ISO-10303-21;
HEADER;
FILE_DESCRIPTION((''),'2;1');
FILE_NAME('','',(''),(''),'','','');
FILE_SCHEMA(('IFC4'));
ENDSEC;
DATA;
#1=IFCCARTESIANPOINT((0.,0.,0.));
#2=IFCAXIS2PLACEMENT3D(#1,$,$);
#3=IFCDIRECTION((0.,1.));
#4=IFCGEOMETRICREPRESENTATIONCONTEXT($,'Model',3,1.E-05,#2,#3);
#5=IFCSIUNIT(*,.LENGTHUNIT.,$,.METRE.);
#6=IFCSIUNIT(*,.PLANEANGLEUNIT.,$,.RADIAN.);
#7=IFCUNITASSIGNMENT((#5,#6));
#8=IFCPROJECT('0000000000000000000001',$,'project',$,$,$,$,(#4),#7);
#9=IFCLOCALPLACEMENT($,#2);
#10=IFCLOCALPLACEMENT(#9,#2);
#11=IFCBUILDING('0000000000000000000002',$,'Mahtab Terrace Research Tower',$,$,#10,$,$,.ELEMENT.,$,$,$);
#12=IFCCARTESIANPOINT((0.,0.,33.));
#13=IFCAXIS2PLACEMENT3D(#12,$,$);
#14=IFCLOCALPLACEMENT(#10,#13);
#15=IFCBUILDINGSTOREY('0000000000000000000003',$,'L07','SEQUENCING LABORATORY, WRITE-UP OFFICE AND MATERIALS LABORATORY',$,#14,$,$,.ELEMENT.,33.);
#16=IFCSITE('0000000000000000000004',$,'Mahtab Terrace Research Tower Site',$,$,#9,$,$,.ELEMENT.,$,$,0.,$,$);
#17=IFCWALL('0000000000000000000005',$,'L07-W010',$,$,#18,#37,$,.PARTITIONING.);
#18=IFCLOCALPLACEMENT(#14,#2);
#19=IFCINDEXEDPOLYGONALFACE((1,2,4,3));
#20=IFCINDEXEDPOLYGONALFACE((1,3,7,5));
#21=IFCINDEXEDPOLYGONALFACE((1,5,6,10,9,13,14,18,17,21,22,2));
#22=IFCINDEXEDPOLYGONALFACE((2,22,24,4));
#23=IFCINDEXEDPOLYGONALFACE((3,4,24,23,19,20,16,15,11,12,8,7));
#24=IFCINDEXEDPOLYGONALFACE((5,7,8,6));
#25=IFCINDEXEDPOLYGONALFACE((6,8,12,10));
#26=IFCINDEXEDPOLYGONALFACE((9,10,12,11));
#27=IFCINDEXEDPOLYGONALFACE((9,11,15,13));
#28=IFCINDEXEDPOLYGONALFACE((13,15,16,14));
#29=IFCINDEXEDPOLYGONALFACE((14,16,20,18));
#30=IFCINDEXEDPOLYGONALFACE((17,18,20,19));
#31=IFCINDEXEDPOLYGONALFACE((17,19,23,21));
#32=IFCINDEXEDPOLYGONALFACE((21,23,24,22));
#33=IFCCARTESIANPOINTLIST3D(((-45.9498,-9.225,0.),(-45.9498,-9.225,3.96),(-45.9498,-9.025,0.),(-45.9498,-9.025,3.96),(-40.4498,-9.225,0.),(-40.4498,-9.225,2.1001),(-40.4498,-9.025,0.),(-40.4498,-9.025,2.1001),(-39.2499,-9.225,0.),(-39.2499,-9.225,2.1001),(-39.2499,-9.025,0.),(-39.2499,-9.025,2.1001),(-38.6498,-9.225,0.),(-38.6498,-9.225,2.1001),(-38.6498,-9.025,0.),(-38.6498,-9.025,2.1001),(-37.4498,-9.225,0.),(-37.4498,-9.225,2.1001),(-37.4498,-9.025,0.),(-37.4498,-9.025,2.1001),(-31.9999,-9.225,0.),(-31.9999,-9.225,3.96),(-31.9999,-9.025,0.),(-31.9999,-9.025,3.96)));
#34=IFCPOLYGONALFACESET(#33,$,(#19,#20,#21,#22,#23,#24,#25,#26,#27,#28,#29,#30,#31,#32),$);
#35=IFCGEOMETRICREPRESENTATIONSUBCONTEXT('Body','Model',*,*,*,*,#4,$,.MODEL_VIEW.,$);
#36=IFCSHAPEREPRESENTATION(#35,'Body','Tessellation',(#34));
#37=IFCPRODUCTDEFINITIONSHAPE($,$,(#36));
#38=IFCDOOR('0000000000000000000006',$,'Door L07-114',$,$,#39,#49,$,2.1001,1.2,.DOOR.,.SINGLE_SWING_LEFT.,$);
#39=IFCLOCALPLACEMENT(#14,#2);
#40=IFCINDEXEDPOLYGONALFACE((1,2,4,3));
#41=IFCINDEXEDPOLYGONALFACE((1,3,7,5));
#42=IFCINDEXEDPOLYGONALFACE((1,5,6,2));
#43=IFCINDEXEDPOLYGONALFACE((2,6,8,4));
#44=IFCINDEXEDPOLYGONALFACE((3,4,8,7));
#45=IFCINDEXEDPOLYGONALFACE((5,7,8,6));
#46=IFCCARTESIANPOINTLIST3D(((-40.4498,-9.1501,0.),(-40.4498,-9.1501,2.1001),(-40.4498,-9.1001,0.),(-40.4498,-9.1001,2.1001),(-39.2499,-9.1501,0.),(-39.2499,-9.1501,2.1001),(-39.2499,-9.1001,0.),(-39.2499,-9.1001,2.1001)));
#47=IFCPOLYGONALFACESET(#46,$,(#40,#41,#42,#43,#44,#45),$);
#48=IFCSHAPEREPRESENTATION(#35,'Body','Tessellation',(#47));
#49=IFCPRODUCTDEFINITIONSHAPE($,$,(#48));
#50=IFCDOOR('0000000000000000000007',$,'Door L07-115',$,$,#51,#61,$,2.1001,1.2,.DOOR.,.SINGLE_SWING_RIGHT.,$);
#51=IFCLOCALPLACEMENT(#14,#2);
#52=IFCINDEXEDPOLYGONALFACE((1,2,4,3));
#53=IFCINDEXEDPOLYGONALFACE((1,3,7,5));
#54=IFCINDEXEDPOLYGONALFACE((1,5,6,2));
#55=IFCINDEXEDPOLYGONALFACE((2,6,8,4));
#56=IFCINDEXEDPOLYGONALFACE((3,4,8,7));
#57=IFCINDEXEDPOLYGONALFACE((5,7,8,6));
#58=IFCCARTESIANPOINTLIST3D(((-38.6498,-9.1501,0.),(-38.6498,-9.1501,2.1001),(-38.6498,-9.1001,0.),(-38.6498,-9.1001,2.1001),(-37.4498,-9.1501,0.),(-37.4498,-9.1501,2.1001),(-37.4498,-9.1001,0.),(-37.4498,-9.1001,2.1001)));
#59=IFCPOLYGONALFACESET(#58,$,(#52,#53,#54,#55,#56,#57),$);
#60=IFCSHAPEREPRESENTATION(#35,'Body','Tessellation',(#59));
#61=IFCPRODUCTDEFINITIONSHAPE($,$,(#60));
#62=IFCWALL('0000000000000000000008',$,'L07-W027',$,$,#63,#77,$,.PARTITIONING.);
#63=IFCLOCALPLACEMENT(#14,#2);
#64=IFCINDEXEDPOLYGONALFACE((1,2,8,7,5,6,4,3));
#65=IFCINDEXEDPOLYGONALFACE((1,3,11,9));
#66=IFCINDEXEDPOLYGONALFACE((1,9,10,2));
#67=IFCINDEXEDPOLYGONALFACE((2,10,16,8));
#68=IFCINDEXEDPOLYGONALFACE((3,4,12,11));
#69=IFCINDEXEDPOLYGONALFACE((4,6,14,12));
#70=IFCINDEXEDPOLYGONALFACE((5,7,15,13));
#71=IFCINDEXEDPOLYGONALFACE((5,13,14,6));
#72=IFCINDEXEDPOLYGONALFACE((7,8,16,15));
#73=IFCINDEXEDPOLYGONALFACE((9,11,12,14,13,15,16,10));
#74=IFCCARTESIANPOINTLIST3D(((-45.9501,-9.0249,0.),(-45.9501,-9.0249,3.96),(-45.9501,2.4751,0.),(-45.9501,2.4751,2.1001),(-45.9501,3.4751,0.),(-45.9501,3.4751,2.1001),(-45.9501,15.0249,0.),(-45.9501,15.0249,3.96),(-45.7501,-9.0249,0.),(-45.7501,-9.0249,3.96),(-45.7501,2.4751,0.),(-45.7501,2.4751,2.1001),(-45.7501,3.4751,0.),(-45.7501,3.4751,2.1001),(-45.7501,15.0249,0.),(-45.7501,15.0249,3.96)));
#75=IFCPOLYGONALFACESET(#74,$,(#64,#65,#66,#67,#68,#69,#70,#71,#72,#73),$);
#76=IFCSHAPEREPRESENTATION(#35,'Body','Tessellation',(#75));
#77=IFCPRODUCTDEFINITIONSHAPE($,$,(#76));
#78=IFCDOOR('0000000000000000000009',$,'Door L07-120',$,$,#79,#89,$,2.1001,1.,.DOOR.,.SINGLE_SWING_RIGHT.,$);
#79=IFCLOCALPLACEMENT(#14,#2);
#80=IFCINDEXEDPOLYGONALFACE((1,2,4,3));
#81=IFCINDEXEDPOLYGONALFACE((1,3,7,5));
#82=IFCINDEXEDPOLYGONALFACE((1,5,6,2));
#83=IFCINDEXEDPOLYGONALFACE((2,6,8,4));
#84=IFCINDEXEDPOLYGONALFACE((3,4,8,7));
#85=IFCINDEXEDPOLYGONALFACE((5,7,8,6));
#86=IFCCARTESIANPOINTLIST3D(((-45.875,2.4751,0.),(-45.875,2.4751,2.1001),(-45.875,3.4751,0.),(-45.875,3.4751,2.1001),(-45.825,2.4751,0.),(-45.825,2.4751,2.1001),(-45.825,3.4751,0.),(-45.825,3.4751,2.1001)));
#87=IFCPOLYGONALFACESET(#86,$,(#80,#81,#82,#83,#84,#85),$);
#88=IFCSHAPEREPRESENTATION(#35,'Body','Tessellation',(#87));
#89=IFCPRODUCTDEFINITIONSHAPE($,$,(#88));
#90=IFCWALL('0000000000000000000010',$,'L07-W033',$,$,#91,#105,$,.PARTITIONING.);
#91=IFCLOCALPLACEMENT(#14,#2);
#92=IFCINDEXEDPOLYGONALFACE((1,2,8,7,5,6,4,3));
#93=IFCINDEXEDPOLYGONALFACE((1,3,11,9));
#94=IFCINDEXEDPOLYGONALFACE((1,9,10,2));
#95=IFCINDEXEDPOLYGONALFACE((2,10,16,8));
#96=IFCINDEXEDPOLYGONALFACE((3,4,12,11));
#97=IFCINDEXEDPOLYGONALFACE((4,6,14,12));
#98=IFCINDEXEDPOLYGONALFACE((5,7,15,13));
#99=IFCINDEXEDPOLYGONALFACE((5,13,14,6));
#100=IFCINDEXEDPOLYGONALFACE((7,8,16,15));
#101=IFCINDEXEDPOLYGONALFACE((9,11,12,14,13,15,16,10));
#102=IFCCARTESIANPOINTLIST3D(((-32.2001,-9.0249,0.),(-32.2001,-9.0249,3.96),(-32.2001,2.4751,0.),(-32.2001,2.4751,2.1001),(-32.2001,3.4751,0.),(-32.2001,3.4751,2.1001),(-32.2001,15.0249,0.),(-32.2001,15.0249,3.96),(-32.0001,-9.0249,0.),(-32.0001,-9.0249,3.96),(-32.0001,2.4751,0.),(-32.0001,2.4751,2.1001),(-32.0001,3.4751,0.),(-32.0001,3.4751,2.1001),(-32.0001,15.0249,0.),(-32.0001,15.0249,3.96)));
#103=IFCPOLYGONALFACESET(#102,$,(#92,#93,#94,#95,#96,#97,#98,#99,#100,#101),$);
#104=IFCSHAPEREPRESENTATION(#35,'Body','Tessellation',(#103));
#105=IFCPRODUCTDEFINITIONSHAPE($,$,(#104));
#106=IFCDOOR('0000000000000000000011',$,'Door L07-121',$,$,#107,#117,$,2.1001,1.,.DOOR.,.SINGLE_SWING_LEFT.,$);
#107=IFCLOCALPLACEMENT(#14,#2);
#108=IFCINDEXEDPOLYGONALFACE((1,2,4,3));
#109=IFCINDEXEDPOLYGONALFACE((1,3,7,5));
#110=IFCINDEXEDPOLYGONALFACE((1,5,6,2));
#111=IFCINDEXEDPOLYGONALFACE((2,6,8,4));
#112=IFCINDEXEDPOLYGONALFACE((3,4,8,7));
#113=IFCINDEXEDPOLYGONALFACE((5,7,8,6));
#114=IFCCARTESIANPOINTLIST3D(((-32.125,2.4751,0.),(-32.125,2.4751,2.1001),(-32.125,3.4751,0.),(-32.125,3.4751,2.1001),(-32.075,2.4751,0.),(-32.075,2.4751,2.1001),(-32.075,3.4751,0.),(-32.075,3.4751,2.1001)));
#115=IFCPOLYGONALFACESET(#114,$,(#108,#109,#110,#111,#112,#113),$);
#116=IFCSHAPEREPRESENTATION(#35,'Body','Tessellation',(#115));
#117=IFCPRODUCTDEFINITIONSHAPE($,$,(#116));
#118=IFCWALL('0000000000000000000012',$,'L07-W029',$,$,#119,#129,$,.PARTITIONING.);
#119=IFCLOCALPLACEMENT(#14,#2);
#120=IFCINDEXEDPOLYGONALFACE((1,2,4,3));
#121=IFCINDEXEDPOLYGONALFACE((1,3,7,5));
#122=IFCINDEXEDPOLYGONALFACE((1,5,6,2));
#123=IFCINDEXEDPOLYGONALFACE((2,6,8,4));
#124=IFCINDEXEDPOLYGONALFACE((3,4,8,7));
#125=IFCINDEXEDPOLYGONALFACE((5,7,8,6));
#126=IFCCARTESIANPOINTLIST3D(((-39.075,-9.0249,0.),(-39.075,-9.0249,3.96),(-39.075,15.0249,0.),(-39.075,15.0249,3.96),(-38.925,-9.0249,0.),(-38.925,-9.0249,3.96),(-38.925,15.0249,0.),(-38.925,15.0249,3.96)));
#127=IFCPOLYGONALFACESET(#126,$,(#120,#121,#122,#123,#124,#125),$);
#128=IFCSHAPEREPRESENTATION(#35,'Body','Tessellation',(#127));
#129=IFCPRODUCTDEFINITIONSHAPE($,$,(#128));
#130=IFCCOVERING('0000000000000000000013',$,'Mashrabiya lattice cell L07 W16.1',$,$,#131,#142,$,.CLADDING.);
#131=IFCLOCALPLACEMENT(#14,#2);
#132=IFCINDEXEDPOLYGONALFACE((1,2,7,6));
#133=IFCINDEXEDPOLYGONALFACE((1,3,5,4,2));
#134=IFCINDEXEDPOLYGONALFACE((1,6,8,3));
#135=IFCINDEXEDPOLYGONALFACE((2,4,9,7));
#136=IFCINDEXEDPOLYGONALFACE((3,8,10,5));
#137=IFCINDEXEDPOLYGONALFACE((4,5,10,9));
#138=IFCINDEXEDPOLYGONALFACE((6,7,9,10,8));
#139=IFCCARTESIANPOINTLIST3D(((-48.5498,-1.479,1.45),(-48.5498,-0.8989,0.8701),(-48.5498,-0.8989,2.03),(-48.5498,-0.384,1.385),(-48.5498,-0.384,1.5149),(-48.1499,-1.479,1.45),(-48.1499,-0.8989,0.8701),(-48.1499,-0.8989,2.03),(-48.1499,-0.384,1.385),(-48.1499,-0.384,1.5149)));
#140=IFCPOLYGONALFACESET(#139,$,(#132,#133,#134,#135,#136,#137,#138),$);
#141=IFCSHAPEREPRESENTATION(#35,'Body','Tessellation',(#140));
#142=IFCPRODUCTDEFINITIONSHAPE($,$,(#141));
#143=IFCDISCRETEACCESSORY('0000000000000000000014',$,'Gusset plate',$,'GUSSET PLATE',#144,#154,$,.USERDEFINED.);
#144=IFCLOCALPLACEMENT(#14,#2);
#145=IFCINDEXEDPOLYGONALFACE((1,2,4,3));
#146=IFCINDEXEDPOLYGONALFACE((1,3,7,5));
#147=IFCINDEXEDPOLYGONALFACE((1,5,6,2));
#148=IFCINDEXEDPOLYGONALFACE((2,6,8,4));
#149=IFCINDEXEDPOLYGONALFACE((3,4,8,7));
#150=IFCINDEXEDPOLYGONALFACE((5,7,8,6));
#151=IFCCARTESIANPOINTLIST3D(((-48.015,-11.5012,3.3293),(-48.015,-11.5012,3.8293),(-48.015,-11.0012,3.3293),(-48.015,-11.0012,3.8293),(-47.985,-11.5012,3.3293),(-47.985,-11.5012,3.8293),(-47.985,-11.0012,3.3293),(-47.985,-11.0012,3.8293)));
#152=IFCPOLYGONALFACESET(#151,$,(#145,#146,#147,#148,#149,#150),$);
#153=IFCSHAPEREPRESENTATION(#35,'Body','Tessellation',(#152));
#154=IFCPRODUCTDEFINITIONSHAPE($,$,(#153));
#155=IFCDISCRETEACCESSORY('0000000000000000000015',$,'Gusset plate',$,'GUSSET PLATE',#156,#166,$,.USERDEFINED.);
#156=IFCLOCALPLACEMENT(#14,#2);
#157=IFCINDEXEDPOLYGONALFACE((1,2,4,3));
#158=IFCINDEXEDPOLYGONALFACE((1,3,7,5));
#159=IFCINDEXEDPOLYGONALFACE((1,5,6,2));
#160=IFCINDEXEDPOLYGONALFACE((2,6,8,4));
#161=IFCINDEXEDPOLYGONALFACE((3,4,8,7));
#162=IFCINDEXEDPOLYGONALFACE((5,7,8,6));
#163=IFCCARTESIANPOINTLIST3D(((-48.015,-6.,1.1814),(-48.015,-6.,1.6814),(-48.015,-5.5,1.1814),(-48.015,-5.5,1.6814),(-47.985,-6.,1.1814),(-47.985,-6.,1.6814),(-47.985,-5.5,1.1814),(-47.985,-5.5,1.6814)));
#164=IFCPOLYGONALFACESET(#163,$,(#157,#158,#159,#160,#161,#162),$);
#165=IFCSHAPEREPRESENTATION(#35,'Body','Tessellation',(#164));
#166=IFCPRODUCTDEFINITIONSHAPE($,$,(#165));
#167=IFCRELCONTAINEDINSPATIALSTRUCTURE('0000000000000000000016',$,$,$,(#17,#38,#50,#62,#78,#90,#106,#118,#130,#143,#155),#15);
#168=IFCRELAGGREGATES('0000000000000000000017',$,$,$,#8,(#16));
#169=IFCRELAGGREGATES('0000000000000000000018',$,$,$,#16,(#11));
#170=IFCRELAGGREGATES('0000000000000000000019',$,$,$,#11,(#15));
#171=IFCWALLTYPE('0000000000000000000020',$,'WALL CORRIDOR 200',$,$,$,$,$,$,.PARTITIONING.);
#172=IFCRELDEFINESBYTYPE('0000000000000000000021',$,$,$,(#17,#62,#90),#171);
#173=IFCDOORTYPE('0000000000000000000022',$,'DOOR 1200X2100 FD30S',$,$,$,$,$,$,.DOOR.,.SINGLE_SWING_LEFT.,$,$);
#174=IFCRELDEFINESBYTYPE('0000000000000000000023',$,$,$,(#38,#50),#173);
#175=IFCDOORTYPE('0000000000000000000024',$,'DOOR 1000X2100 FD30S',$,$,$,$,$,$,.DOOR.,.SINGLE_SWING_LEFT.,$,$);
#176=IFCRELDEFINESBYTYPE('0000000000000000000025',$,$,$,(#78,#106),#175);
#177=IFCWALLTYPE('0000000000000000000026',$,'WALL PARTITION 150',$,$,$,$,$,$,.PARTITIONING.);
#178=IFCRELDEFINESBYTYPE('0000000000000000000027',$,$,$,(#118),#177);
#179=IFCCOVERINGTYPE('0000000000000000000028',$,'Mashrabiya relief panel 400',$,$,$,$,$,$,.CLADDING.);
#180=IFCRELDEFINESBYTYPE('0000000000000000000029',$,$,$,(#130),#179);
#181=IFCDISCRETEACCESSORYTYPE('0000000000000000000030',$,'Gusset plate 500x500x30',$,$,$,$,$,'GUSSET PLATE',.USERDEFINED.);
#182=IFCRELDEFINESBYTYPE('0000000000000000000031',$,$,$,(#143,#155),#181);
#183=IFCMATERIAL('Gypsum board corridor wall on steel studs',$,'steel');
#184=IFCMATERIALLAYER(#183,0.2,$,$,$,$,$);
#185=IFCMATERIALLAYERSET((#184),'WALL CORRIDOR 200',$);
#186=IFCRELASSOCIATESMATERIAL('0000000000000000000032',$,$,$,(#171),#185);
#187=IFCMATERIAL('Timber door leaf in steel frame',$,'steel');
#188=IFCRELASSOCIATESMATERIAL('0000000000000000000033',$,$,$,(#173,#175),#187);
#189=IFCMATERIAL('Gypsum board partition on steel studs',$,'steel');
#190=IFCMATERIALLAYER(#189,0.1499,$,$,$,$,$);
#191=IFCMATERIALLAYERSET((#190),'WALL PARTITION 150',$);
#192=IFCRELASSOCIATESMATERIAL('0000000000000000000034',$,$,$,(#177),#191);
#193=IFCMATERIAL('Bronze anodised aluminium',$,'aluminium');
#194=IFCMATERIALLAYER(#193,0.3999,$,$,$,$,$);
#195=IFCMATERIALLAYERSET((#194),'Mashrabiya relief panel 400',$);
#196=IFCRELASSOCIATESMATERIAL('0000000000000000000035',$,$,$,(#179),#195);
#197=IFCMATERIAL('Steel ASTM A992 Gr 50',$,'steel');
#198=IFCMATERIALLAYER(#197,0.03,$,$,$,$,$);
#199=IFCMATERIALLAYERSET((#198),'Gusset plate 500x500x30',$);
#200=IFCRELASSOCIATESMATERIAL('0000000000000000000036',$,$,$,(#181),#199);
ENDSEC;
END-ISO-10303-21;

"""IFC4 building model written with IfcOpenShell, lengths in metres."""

from ifc_helpers import new_model, si_unit, direction, frame, frame_2d, origin, origin_2d, place, context, subcontext, project, spatial, polyline, rectangle, outline, extrude, material, layer, layer_set, type_object, element, fill, save


model = new_model("IFC4")

# Units and contexts
model_context = context("Model", 3, precision=1e-05, world=origin(), true_north=direction((0.0, 1.0)))
body_context = subcontext(model_context, "Body", "Model", "MODEL_VIEW")
ifc_project = project(units=[si_unit("LENGTHUNIT", "METRE"), si_unit("PLANEANGLEUNIT", "RADIAN")], contexts=[model_context])

# Site, building, storey
site_placement = place(None, origin())
site = spatial("IfcSite", under=ifc_project, at=site_placement, Name="Mahtab Terrace Research Tower Site", CompositionType="ELEMENT", RefElevation=0.0)
building_placement = place(site_placement, origin())
building = spatial("IfcBuilding", under=site, at=building_placement, Name="Mahtab Terrace Research Tower", CompositionType="ELEMENT")
storey_placement = place(building_placement, frame((0.0, 0.0, 33.0)))
storey = spatial("IfcBuildingStorey", under=building, at=storey_placement, Name="L07", Description="SEQUENCING LABORATORY, WRITE-UP OFFICE AND MATERIALS LABORATORY", CompositionType="ELEMENT", Elevation=33.0)

# Shared definitions
ifc_material_1 = material(Name="Steel ASTM A992 Gr 50", Category="steel")

# Shared definitions
ifc_material_2 = material(Name="Gypsum board corridor wall on steel studs", Category="steel")
ifc_layer_1 = layer(ifc_material_2, 0.2)
ifc_layer_set_1 = layer_set([ifc_layer_1], Name="WALL CORRIDOR 200")
wall_type_1 = type_object("IfcWallType", Name="WALL CORRIDOR 200", PredefinedType="PARTITIONING", material=ifc_layer_set_1)
ifc_material_3 = material(Name="Timber door leaf in steel frame", Category="steel")
door_type_1 = type_object("IfcDoorType", Name="DOOR 1200X2100 FD30S", OperationType="SINGLE_SWING_LEFT", PredefinedType="DOOR", material=ifc_material_3)

# Wall, openings, doors
wall_1_placement = place(storey_placement, frame((-45.95, -9.125, 0.0), z_axis=(0.0, 0.0, 1.0), x_axis=(1.0, 0.0, 0.0)))
wall_1 = element("IfcWall", 1, at=wall_1_placement, inside=storey, type_object=wall_type_1, Name="L07-W010", PredefinedType="PARTITIONING", context=body_context, shape_type="SweptSolid", body=[
    extrude(rectangle(XDim=13.95, YDim=0.2, at=frame_2d((6.9751, 0.0))), origin(), (0.0, 0.0, 1.0), 3.96),
])
opening_1_placement = place(wall_1_placement, frame((5.5, 0.0, 0.0)))
opening_1 = element("IfcOpeningElement", 2, at=opening_1_placement, cuts=wall_1, PredefinedType="OPENING", context=body_context, shape_type="SweptSolid", body=[
    extrude(rectangle(XDim=1.2, YDim=2.1001, at=frame_2d((0.6001, 1.05))), frame((0.0, 0.1099, 0.0), z_axis=(0.0, -1.0, 0.0), x_axis=(1.0, 0.0, 0.0)), (0.0, 0.0, 1.0), 0.22),
])
opening_2_placement = place(wall_1_placement, frame((7.3, 0.0, 0.0)))
opening_2 = element("IfcOpeningElement", 3, at=opening_2_placement, cuts=wall_1, PredefinedType="OPENING", context=body_context, shape_type="SweptSolid", body=[
    extrude(rectangle(XDim=1.2, YDim=2.1001, at=frame_2d((0.6001, 1.05))), frame((0.0, 0.1099, 0.0), z_axis=(0.0, -1.0, 0.0), x_axis=(1.0, 0.0, 0.0)), (0.0, 0.0, 1.0), 0.22),
])
door_1_placement = place(opening_1_placement, origin())
door_1 = element("IfcDoor", 4, at=door_1_placement, inside=storey, type_object=door_type_1, Name="Door L07-114", OperationType="SINGLE_SWING_LEFT", OverallHeight=2.1001, OverallWidth=1.2, PredefinedType="DOOR", context=body_context, shape_type="SweptSolid", body=[
    extrude(rectangle(XDim=1.2, YDim=2.1001, at=frame_2d((0.6001, 1.05))), frame((0.0, 0.0249, 0.0), z_axis=(0.0, -1.0, 0.0), x_axis=(1.0, 0.0, 0.0)), (0.0, 0.0, 1.0), 0.05),
])
fill(opening_1, door_1)
door_2_placement = place(opening_2_placement, origin())
door_2 = element("IfcDoor", 5, at=door_2_placement, inside=storey, type_object=door_type_1, Name="Door L07-115", OperationType="SINGLE_SWING_RIGHT", OverallHeight=2.1001, OverallWidth=1.2, PredefinedType="DOOR", context=body_context, shape_type="SweptSolid", body=[
    extrude(rectangle(XDim=1.2, YDim=2.1001, at=frame_2d((0.6001, 1.05))), frame((0.0, 0.0249, 0.0), z_axis=(0.0, -1.0, 0.0), x_axis=(1.0, 0.0, 0.0)), (0.0, 0.0, 1.0), 0.05),
])
fill(opening_2, door_2)

# Walls, openings, doors
wall_2_placement = place(storey_placement, frame((-45.8501, -9.0249, 0.0), z_axis=(0.0, 0.0, 1.0), x_axis=(0.0, 1.0, 0.0)))
wall_2 = element("IfcWall", 6, at=wall_2_placement, inside=storey, type_object=wall_type_1, Name="L07-W027", PredefinedType="PARTITIONING", context=body_context, shape_type="SweptSolid", body=[
    extrude(rectangle(XDim=24.0498, YDim=0.2, at=frame_2d((12.0249, 0.0))), origin(), (0.0, 0.0, 1.0), 3.96),
])
opening_3_placement = place(wall_2_placement, frame((11.5, 0.0, 0.0)))
opening_3 = element("IfcOpeningElement", 7, at=opening_3_placement, cuts=wall_2, PredefinedType="OPENING", context=body_context, shape_type="SweptSolid", body=[
    extrude(rectangle(XDim=1.0, YDim=2.1001, at=frame_2d((0.5, 1.05))), frame((0.0, 0.1099, 0.0), z_axis=(0.0, -1.0, 0.0), x_axis=(1.0, 0.0, 0.0)), (0.0, 0.0, 1.0), 0.22),
])
door_type_2 = type_object("IfcDoorType", Name="DOOR 1000X2100 FD30S", OperationType="SINGLE_SWING_LEFT", PredefinedType="DOOR", material=ifc_material_3)
door_3_placement = place(opening_3_placement, origin())
door_3 = element("IfcDoor", 8, at=door_3_placement, inside=storey, type_object=door_type_2, Name="Door L07-120", OperationType="SINGLE_SWING_RIGHT", OverallHeight=2.1001, OverallWidth=1.0, PredefinedType="DOOR", context=body_context, shape_type="SweptSolid", body=[
    extrude(rectangle(XDim=1.0, YDim=2.1001, at=frame_2d((0.5, 1.05))), frame((0.0, 0.0249, 0.0), z_axis=(0.0, -1.0, 0.0), x_axis=(1.0, 0.0, 0.0)), (0.0, 0.0, 1.0), 0.05),
])
fill(opening_3, door_3)
wall_3_placement = place(storey_placement, frame((-32.1001, -9.0249, 0.0), z_axis=(0.0, 0.0, 1.0), x_axis=(0.0, 1.0, 0.0)))
wall_3 = element("IfcWall", 9, at=wall_3_placement, inside=storey, type_object=wall_type_1, Name="L07-W033", PredefinedType="PARTITIONING", context=body_context, shape_type="SweptSolid", body=[
    extrude(rectangle(XDim=24.0498, YDim=0.2, at=frame_2d((12.0249, 0.0))), origin(), (0.0, 0.0, 1.0), 3.96),
])
opening_4_placement = place(wall_3_placement, frame((11.5, 0.0, 0.0)))
opening_4 = element("IfcOpeningElement", 10, at=opening_4_placement, cuts=wall_3, PredefinedType="OPENING", context=body_context, shape_type="SweptSolid", body=[
    extrude(rectangle(XDim=1.0, YDim=2.1001, at=frame_2d((0.5, 1.05))), frame((0.0, 0.1099, 0.0), z_axis=(0.0, -1.0, 0.0), x_axis=(1.0, 0.0, 0.0)), (0.0, 0.0, 1.0), 0.22),
])
door_4_placement = place(opening_4_placement, origin())
door_4 = element("IfcDoor", 11, at=door_4_placement, inside=storey, type_object=door_type_2, Name="Door L07-121", OperationType="SINGLE_SWING_LEFT", OverallHeight=2.1001, OverallWidth=1.0, PredefinedType="DOOR", context=body_context, shape_type="SweptSolid", body=[
    extrude(rectangle(XDim=1.0, YDim=2.1001, at=frame_2d((0.5, 1.05))), frame((0.0, 0.0249, 0.0), z_axis=(0.0, -1.0, 0.0), x_axis=(1.0, 0.0, 0.0)), (0.0, 0.0, 1.0), 0.05),
])
fill(opening_4, door_4)

# Wall
ifc_material_4 = material(Name="Gypsum board partition on steel studs", Category="steel")
ifc_layer_2 = layer(ifc_material_4, 0.1499)
ifc_layer_set_2 = layer_set([ifc_layer_2], Name="WALL PARTITION 150")
wall_type_2 = type_object("IfcWallType", Name="WALL PARTITION 150", PredefinedType="PARTITIONING", material=ifc_layer_set_2)
wall_4_placement = place(storey_placement, frame((-39.0, -9.0249, 0.0), z_axis=(0.0, 0.0, 1.0), x_axis=(0.0, 1.0, 0.0)))
element("IfcWall", 12, at=wall_4_placement, inside=storey, type_object=wall_type_2, Name="L07-W029", PredefinedType="PARTITIONING", context=body_context, shape_type="SweptSolid", body=[
    extrude(rectangle(XDim=24.0498, YDim=0.1499, at=frame_2d((12.0249, 0.0))), origin(), (0.0, 0.0, 1.0), 3.96),
])

# Covering
ifc_material_5 = material(Name="Bronze anodised aluminium", Category="aluminium")
ifc_layer_3 = layer(ifc_material_5, 0.3999)
ifc_layer_set_3 = layer_set([ifc_layer_3], Name="Mashrabiya relief panel 400")
covering_type = type_object("IfcCoveringType", Name="Mashrabiya relief panel 400", PredefinedType="CLADDING", material=ifc_layer_set_3)
covering_placement = place(storey_placement, frame((-48.1499, -0.8989, 2.03), z_axis=(1.0, 0.0, 0.0), x_axis=(0.0, -0.707107, -0.707107)))
element("IfcCovering", 13, at=covering_placement, inside=storey, type_object=covering_type, Name="Mashrabiya lattice cell L07 W16.1", PredefinedType="CLADDING", context=body_context, shape_type="SweptSolid", body=[
    extrude(outline(polyline([(0.0, 0.0), (0.8204, 0.0), (0.8202, 0.8202), (0.092, 0.8202), (0.0002, 0.7283), (0.0, 0.0)])), origin(), (0.0, 0.0, -1.0), 0.3999),
])

# Discrete accessories
ifc_layer_4 = layer(ifc_material_1, 0.03)
ifc_layer_set_4 = layer_set([ifc_layer_4], Name="Gusset plate 500x500x30")
discrete_accessory_type = type_object("IfcDiscreteAccessoryType", Name="Gusset plate 500x500x30", ElementType="GUSSET PLATE", PredefinedType="USERDEFINED", material=ifc_layer_set_4)
for number, where, z_axis, x_axis, name in (
    (14, (-48.0, -11.2512, 3.3293), (0.0, 0.0, 1.0), (0.0, 1.0, 0.0), "Gusset plate"),
    (15, (-48.0, -5.75, 1.1814), (0.0, 0.0, 1.0), (0.0, 1.0, 0.0), "Gusset plate"),
):
    element("IfcDiscreteAccessory", number, at=place(storey_placement, frame(where, z_axis=z_axis, x_axis=x_axis)), inside=storey, type_object=discrete_accessory_type, Name=name, ObjectType="GUSSET PLATE", PredefinedType="USERDEFINED", context=body_context, shape_type="SweptSolid", body=[
        extrude(rectangle(XDim=0.5, YDim=0.03, at=origin_2d()), origin(), (0.0, 0.0, 1.0), 0.5),
    ])

save(model, "model.ifc")
